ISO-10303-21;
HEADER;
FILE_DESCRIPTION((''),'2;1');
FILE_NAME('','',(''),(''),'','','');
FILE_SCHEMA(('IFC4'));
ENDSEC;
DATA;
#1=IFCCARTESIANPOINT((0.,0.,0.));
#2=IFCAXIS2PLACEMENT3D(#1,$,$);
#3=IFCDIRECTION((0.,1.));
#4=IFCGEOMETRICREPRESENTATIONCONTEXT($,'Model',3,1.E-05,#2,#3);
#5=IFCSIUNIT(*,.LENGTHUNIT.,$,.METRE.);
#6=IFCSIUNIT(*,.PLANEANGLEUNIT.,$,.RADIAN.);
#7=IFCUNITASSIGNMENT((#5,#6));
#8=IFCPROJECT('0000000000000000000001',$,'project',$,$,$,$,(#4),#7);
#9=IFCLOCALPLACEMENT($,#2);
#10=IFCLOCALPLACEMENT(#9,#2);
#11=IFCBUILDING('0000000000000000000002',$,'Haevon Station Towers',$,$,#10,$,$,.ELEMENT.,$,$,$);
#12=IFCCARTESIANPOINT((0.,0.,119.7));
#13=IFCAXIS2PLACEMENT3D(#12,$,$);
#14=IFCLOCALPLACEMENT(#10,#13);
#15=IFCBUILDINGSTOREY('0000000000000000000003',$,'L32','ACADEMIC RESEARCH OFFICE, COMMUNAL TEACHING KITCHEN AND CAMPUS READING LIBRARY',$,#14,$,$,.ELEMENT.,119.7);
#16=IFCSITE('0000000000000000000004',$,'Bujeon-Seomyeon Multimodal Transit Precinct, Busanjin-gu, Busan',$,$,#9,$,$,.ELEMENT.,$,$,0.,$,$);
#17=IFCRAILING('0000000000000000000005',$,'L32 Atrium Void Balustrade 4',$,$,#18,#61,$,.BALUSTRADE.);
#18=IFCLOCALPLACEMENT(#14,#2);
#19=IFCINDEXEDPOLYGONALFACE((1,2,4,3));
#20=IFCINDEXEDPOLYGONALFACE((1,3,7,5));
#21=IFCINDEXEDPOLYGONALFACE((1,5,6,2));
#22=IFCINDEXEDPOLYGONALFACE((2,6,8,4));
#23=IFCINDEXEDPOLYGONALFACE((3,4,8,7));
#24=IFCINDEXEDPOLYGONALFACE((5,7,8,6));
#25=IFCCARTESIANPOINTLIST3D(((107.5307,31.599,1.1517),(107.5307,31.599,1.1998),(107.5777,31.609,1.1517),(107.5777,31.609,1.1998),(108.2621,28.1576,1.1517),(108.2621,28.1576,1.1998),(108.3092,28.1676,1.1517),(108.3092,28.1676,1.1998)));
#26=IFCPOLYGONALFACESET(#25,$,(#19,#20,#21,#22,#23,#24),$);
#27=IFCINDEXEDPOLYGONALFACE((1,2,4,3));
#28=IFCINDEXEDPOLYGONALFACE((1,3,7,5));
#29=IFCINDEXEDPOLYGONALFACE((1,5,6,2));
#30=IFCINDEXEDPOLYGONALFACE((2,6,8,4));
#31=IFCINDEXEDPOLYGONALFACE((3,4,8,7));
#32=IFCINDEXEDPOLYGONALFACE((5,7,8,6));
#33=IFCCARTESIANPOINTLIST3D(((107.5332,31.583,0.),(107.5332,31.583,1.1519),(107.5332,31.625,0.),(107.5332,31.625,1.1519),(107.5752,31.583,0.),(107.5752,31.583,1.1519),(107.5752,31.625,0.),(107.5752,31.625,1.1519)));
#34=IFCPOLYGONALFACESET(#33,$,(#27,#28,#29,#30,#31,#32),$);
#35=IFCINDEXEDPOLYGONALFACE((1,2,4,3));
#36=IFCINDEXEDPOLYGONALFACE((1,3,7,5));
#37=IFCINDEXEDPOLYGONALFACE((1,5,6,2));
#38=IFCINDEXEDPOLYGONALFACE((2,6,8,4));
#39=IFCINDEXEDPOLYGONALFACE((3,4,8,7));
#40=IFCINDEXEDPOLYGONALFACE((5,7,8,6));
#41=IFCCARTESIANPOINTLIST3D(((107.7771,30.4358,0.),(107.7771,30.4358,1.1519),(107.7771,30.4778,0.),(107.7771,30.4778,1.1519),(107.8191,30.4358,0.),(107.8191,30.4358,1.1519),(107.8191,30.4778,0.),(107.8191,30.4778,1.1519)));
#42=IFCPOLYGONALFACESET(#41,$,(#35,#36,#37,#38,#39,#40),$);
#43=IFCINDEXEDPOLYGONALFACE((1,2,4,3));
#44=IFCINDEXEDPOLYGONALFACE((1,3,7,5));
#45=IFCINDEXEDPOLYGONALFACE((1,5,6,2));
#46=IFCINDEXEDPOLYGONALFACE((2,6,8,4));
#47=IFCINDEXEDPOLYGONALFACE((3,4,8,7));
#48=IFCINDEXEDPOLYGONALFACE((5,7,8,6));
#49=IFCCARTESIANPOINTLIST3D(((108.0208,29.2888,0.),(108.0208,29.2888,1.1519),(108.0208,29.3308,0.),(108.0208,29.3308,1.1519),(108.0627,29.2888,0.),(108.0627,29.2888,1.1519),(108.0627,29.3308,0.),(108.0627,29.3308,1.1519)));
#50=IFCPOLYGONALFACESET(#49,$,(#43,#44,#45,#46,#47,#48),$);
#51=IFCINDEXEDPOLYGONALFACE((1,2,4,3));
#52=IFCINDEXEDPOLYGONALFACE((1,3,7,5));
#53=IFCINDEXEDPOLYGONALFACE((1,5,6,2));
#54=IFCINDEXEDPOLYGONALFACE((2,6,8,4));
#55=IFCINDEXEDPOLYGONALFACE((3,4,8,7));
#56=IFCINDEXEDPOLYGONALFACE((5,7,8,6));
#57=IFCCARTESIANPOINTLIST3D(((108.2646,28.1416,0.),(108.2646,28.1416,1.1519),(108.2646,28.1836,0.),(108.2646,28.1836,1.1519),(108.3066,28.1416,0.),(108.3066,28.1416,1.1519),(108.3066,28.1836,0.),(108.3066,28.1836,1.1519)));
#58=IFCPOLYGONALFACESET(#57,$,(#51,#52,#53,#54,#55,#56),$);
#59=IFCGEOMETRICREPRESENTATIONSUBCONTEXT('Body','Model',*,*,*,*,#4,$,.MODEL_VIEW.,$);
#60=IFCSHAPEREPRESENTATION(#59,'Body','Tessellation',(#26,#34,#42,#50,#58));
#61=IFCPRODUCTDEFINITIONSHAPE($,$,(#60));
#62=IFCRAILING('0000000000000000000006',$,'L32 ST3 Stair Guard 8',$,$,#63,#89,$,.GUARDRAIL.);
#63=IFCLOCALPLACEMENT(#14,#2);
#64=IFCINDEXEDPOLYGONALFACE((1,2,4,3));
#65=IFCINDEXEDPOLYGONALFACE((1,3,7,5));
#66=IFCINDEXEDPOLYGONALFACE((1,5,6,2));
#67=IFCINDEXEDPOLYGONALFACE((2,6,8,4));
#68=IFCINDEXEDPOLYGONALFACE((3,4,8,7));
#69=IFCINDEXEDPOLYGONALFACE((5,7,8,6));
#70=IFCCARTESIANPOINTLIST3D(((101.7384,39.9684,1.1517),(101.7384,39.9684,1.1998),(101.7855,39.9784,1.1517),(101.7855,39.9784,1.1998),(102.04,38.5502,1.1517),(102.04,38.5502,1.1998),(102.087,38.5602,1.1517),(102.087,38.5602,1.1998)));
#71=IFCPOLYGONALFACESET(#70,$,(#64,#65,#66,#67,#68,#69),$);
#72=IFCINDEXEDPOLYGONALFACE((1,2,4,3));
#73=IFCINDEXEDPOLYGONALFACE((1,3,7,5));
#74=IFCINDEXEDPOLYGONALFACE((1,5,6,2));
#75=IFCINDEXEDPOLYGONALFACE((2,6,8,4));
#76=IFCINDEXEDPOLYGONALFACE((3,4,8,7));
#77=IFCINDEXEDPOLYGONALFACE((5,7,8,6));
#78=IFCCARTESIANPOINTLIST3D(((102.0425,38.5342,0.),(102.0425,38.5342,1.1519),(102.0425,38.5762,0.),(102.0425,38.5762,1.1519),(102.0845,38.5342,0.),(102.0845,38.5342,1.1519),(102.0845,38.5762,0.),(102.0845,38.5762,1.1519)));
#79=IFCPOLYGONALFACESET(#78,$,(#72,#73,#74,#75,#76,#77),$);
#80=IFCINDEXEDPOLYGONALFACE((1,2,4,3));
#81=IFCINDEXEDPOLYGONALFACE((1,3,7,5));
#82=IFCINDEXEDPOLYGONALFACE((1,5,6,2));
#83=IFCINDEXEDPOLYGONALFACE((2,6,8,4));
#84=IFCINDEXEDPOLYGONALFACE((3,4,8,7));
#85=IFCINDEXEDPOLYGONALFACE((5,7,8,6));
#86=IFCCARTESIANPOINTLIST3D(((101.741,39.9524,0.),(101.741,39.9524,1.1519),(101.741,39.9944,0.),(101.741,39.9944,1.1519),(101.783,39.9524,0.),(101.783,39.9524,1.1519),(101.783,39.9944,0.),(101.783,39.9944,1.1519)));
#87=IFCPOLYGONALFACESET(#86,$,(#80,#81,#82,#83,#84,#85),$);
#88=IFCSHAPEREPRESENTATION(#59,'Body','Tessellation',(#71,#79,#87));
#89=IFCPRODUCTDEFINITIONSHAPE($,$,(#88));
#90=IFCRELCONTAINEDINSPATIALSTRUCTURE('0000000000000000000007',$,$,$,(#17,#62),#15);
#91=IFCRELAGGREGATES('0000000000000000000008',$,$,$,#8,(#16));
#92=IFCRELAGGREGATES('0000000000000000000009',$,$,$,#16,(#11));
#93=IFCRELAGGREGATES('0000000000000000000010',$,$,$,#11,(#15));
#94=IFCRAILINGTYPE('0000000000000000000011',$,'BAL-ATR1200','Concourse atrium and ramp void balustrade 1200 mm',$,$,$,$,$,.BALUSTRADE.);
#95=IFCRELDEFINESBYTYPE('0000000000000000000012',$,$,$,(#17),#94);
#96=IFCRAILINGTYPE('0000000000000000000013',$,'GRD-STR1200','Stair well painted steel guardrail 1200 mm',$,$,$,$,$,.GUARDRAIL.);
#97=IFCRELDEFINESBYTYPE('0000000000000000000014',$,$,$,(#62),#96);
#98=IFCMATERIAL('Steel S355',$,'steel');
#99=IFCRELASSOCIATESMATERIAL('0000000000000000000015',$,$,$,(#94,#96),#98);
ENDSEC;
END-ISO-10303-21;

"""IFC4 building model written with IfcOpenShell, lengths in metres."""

from ifc_helpers import new_model, si_unit, direction, frame, origin, origin_2d, place, context, subcontext, project, spatial, rectangle, extrude, material, type_object, element, save


model = new_model("IFC4")

# Units and contexts
model_context = context("Model", 3, precision=1e-05, world=origin(), true_north=direction((0.0, 1.0)))
body_context = subcontext(model_context, "Body", "Model", "MODEL_VIEW")
ifc_project = project(units=[si_unit("LENGTHUNIT", "METRE"), si_unit("PLANEANGLEUNIT", "RADIAN")], contexts=[model_context])

# Site, building, storey
site_placement = place(None, origin())
site = spatial("IfcSite", under=ifc_project, at=site_placement, Name="Bujeon-Seomyeon Multimodal Transit Precinct, Busanjin-gu, Busan", CompositionType="ELEMENT", RefElevation=0.0)
building_placement = place(site_placement, origin())
building = spatial("IfcBuilding", under=site, at=building_placement, Name="Haevon Station Towers", CompositionType="ELEMENT")
storey_placement = place(building_placement, frame((0.0, 0.0, 119.7)))
storey = spatial("IfcBuildingStorey", under=building, at=storey_placement, Name="L32", Description="ACADEMIC RESEARCH OFFICE, COMMUNAL TEACHING KITCHEN AND CAMPUS READING LIBRARY", CompositionType="ELEMENT", Elevation=119.7)

# Shared definitions
ifc_material_1 = material(Name="Steel S355", Category="steel")

# Railings
railing_type_1 = type_object("IfcRailingType", Name="BAL-ATR1200", Description="Concourse atrium and ramp void balustrade 1200 mm", PredefinedType="BALUSTRADE", material=ifc_material_1)
railing_1_placement = place(storey_placement, frame((107.5542, 31.604, 0.0)))
element("IfcRailing", 1, at=railing_1_placement, inside=storey, type_object=railing_type_1, Name="L32 Atrium Void Balustrade 4", PredefinedType="BALUSTRADE", context=body_context, shape_type="SweptSolid", body=[
    extrude(rectangle(XDim=0.0481, YDim=0.0481, at=origin_2d()), frame((0.0, 0.0, 1.1758), z_axis=(0.207899, -0.97815, 0.0), x_axis=(0.97815, 0.207899, 0.0)), (0.0, 0.0, 1.0), 3.5183),
    extrude(rectangle(XDim=0.042, YDim=0.042, at=origin_2d()), origin(), (0.0, 0.0, 1.0), 1.1519),
    extrude(rectangle(XDim=0.042, YDim=0.042, at=origin_2d()), frame((0.2439, -1.1472, 0.0)), (0.0, 0.0, 1.0), 1.1519),
    extrude(rectangle(XDim=0.042, YDim=0.042, at=origin_2d()), frame((0.4875, -2.2942, 0.0)), (0.0, 0.0, 1.0), 1.1519),
    extrude(rectangle(XDim=0.042, YDim=0.042, at=origin_2d()), frame((0.7314, -3.4414, 0.0)), (0.0, 0.0, 1.0), 1.1519),
])
railing_type_2 = type_object("IfcRailingType", Name="GRD-STR1200", Description="Stair well painted steel guardrail 1200 mm", PredefinedType="GUARDRAIL", material=ifc_material_1)
railing_2_placement = place(storey_placement, frame((102.0635, 38.5552, 0.0)))
element("IfcRailing", 2, at=railing_2_placement, inside=storey, type_object=railing_type_2, Name="L32 ST3 Stair Guard 8", PredefinedType="GUARDRAIL", context=body_context, shape_type="SweptSolid", body=[
    extrude(rectangle(XDim=0.0481, YDim=0.0481, at=origin_2d()), frame((0.0, 0.0, 1.1758), z_axis=(-0.207953, 0.978139, 0.0), x_axis=(-0.978139, -0.207953, 0.0)), (0.0, 0.0, 1.0), 1.45),
    extrude(rectangle(XDim=0.042, YDim=0.042, at=origin_2d()), origin(), (0.0, 0.0, 1.0), 1.1519),
    extrude(rectangle(XDim=0.042, YDim=0.042, at=origin_2d()), frame((-0.3015, 1.4182, 0.0)), (0.0, 0.0, 1.0), 1.1519),
])

save(model, "model.ifc")
